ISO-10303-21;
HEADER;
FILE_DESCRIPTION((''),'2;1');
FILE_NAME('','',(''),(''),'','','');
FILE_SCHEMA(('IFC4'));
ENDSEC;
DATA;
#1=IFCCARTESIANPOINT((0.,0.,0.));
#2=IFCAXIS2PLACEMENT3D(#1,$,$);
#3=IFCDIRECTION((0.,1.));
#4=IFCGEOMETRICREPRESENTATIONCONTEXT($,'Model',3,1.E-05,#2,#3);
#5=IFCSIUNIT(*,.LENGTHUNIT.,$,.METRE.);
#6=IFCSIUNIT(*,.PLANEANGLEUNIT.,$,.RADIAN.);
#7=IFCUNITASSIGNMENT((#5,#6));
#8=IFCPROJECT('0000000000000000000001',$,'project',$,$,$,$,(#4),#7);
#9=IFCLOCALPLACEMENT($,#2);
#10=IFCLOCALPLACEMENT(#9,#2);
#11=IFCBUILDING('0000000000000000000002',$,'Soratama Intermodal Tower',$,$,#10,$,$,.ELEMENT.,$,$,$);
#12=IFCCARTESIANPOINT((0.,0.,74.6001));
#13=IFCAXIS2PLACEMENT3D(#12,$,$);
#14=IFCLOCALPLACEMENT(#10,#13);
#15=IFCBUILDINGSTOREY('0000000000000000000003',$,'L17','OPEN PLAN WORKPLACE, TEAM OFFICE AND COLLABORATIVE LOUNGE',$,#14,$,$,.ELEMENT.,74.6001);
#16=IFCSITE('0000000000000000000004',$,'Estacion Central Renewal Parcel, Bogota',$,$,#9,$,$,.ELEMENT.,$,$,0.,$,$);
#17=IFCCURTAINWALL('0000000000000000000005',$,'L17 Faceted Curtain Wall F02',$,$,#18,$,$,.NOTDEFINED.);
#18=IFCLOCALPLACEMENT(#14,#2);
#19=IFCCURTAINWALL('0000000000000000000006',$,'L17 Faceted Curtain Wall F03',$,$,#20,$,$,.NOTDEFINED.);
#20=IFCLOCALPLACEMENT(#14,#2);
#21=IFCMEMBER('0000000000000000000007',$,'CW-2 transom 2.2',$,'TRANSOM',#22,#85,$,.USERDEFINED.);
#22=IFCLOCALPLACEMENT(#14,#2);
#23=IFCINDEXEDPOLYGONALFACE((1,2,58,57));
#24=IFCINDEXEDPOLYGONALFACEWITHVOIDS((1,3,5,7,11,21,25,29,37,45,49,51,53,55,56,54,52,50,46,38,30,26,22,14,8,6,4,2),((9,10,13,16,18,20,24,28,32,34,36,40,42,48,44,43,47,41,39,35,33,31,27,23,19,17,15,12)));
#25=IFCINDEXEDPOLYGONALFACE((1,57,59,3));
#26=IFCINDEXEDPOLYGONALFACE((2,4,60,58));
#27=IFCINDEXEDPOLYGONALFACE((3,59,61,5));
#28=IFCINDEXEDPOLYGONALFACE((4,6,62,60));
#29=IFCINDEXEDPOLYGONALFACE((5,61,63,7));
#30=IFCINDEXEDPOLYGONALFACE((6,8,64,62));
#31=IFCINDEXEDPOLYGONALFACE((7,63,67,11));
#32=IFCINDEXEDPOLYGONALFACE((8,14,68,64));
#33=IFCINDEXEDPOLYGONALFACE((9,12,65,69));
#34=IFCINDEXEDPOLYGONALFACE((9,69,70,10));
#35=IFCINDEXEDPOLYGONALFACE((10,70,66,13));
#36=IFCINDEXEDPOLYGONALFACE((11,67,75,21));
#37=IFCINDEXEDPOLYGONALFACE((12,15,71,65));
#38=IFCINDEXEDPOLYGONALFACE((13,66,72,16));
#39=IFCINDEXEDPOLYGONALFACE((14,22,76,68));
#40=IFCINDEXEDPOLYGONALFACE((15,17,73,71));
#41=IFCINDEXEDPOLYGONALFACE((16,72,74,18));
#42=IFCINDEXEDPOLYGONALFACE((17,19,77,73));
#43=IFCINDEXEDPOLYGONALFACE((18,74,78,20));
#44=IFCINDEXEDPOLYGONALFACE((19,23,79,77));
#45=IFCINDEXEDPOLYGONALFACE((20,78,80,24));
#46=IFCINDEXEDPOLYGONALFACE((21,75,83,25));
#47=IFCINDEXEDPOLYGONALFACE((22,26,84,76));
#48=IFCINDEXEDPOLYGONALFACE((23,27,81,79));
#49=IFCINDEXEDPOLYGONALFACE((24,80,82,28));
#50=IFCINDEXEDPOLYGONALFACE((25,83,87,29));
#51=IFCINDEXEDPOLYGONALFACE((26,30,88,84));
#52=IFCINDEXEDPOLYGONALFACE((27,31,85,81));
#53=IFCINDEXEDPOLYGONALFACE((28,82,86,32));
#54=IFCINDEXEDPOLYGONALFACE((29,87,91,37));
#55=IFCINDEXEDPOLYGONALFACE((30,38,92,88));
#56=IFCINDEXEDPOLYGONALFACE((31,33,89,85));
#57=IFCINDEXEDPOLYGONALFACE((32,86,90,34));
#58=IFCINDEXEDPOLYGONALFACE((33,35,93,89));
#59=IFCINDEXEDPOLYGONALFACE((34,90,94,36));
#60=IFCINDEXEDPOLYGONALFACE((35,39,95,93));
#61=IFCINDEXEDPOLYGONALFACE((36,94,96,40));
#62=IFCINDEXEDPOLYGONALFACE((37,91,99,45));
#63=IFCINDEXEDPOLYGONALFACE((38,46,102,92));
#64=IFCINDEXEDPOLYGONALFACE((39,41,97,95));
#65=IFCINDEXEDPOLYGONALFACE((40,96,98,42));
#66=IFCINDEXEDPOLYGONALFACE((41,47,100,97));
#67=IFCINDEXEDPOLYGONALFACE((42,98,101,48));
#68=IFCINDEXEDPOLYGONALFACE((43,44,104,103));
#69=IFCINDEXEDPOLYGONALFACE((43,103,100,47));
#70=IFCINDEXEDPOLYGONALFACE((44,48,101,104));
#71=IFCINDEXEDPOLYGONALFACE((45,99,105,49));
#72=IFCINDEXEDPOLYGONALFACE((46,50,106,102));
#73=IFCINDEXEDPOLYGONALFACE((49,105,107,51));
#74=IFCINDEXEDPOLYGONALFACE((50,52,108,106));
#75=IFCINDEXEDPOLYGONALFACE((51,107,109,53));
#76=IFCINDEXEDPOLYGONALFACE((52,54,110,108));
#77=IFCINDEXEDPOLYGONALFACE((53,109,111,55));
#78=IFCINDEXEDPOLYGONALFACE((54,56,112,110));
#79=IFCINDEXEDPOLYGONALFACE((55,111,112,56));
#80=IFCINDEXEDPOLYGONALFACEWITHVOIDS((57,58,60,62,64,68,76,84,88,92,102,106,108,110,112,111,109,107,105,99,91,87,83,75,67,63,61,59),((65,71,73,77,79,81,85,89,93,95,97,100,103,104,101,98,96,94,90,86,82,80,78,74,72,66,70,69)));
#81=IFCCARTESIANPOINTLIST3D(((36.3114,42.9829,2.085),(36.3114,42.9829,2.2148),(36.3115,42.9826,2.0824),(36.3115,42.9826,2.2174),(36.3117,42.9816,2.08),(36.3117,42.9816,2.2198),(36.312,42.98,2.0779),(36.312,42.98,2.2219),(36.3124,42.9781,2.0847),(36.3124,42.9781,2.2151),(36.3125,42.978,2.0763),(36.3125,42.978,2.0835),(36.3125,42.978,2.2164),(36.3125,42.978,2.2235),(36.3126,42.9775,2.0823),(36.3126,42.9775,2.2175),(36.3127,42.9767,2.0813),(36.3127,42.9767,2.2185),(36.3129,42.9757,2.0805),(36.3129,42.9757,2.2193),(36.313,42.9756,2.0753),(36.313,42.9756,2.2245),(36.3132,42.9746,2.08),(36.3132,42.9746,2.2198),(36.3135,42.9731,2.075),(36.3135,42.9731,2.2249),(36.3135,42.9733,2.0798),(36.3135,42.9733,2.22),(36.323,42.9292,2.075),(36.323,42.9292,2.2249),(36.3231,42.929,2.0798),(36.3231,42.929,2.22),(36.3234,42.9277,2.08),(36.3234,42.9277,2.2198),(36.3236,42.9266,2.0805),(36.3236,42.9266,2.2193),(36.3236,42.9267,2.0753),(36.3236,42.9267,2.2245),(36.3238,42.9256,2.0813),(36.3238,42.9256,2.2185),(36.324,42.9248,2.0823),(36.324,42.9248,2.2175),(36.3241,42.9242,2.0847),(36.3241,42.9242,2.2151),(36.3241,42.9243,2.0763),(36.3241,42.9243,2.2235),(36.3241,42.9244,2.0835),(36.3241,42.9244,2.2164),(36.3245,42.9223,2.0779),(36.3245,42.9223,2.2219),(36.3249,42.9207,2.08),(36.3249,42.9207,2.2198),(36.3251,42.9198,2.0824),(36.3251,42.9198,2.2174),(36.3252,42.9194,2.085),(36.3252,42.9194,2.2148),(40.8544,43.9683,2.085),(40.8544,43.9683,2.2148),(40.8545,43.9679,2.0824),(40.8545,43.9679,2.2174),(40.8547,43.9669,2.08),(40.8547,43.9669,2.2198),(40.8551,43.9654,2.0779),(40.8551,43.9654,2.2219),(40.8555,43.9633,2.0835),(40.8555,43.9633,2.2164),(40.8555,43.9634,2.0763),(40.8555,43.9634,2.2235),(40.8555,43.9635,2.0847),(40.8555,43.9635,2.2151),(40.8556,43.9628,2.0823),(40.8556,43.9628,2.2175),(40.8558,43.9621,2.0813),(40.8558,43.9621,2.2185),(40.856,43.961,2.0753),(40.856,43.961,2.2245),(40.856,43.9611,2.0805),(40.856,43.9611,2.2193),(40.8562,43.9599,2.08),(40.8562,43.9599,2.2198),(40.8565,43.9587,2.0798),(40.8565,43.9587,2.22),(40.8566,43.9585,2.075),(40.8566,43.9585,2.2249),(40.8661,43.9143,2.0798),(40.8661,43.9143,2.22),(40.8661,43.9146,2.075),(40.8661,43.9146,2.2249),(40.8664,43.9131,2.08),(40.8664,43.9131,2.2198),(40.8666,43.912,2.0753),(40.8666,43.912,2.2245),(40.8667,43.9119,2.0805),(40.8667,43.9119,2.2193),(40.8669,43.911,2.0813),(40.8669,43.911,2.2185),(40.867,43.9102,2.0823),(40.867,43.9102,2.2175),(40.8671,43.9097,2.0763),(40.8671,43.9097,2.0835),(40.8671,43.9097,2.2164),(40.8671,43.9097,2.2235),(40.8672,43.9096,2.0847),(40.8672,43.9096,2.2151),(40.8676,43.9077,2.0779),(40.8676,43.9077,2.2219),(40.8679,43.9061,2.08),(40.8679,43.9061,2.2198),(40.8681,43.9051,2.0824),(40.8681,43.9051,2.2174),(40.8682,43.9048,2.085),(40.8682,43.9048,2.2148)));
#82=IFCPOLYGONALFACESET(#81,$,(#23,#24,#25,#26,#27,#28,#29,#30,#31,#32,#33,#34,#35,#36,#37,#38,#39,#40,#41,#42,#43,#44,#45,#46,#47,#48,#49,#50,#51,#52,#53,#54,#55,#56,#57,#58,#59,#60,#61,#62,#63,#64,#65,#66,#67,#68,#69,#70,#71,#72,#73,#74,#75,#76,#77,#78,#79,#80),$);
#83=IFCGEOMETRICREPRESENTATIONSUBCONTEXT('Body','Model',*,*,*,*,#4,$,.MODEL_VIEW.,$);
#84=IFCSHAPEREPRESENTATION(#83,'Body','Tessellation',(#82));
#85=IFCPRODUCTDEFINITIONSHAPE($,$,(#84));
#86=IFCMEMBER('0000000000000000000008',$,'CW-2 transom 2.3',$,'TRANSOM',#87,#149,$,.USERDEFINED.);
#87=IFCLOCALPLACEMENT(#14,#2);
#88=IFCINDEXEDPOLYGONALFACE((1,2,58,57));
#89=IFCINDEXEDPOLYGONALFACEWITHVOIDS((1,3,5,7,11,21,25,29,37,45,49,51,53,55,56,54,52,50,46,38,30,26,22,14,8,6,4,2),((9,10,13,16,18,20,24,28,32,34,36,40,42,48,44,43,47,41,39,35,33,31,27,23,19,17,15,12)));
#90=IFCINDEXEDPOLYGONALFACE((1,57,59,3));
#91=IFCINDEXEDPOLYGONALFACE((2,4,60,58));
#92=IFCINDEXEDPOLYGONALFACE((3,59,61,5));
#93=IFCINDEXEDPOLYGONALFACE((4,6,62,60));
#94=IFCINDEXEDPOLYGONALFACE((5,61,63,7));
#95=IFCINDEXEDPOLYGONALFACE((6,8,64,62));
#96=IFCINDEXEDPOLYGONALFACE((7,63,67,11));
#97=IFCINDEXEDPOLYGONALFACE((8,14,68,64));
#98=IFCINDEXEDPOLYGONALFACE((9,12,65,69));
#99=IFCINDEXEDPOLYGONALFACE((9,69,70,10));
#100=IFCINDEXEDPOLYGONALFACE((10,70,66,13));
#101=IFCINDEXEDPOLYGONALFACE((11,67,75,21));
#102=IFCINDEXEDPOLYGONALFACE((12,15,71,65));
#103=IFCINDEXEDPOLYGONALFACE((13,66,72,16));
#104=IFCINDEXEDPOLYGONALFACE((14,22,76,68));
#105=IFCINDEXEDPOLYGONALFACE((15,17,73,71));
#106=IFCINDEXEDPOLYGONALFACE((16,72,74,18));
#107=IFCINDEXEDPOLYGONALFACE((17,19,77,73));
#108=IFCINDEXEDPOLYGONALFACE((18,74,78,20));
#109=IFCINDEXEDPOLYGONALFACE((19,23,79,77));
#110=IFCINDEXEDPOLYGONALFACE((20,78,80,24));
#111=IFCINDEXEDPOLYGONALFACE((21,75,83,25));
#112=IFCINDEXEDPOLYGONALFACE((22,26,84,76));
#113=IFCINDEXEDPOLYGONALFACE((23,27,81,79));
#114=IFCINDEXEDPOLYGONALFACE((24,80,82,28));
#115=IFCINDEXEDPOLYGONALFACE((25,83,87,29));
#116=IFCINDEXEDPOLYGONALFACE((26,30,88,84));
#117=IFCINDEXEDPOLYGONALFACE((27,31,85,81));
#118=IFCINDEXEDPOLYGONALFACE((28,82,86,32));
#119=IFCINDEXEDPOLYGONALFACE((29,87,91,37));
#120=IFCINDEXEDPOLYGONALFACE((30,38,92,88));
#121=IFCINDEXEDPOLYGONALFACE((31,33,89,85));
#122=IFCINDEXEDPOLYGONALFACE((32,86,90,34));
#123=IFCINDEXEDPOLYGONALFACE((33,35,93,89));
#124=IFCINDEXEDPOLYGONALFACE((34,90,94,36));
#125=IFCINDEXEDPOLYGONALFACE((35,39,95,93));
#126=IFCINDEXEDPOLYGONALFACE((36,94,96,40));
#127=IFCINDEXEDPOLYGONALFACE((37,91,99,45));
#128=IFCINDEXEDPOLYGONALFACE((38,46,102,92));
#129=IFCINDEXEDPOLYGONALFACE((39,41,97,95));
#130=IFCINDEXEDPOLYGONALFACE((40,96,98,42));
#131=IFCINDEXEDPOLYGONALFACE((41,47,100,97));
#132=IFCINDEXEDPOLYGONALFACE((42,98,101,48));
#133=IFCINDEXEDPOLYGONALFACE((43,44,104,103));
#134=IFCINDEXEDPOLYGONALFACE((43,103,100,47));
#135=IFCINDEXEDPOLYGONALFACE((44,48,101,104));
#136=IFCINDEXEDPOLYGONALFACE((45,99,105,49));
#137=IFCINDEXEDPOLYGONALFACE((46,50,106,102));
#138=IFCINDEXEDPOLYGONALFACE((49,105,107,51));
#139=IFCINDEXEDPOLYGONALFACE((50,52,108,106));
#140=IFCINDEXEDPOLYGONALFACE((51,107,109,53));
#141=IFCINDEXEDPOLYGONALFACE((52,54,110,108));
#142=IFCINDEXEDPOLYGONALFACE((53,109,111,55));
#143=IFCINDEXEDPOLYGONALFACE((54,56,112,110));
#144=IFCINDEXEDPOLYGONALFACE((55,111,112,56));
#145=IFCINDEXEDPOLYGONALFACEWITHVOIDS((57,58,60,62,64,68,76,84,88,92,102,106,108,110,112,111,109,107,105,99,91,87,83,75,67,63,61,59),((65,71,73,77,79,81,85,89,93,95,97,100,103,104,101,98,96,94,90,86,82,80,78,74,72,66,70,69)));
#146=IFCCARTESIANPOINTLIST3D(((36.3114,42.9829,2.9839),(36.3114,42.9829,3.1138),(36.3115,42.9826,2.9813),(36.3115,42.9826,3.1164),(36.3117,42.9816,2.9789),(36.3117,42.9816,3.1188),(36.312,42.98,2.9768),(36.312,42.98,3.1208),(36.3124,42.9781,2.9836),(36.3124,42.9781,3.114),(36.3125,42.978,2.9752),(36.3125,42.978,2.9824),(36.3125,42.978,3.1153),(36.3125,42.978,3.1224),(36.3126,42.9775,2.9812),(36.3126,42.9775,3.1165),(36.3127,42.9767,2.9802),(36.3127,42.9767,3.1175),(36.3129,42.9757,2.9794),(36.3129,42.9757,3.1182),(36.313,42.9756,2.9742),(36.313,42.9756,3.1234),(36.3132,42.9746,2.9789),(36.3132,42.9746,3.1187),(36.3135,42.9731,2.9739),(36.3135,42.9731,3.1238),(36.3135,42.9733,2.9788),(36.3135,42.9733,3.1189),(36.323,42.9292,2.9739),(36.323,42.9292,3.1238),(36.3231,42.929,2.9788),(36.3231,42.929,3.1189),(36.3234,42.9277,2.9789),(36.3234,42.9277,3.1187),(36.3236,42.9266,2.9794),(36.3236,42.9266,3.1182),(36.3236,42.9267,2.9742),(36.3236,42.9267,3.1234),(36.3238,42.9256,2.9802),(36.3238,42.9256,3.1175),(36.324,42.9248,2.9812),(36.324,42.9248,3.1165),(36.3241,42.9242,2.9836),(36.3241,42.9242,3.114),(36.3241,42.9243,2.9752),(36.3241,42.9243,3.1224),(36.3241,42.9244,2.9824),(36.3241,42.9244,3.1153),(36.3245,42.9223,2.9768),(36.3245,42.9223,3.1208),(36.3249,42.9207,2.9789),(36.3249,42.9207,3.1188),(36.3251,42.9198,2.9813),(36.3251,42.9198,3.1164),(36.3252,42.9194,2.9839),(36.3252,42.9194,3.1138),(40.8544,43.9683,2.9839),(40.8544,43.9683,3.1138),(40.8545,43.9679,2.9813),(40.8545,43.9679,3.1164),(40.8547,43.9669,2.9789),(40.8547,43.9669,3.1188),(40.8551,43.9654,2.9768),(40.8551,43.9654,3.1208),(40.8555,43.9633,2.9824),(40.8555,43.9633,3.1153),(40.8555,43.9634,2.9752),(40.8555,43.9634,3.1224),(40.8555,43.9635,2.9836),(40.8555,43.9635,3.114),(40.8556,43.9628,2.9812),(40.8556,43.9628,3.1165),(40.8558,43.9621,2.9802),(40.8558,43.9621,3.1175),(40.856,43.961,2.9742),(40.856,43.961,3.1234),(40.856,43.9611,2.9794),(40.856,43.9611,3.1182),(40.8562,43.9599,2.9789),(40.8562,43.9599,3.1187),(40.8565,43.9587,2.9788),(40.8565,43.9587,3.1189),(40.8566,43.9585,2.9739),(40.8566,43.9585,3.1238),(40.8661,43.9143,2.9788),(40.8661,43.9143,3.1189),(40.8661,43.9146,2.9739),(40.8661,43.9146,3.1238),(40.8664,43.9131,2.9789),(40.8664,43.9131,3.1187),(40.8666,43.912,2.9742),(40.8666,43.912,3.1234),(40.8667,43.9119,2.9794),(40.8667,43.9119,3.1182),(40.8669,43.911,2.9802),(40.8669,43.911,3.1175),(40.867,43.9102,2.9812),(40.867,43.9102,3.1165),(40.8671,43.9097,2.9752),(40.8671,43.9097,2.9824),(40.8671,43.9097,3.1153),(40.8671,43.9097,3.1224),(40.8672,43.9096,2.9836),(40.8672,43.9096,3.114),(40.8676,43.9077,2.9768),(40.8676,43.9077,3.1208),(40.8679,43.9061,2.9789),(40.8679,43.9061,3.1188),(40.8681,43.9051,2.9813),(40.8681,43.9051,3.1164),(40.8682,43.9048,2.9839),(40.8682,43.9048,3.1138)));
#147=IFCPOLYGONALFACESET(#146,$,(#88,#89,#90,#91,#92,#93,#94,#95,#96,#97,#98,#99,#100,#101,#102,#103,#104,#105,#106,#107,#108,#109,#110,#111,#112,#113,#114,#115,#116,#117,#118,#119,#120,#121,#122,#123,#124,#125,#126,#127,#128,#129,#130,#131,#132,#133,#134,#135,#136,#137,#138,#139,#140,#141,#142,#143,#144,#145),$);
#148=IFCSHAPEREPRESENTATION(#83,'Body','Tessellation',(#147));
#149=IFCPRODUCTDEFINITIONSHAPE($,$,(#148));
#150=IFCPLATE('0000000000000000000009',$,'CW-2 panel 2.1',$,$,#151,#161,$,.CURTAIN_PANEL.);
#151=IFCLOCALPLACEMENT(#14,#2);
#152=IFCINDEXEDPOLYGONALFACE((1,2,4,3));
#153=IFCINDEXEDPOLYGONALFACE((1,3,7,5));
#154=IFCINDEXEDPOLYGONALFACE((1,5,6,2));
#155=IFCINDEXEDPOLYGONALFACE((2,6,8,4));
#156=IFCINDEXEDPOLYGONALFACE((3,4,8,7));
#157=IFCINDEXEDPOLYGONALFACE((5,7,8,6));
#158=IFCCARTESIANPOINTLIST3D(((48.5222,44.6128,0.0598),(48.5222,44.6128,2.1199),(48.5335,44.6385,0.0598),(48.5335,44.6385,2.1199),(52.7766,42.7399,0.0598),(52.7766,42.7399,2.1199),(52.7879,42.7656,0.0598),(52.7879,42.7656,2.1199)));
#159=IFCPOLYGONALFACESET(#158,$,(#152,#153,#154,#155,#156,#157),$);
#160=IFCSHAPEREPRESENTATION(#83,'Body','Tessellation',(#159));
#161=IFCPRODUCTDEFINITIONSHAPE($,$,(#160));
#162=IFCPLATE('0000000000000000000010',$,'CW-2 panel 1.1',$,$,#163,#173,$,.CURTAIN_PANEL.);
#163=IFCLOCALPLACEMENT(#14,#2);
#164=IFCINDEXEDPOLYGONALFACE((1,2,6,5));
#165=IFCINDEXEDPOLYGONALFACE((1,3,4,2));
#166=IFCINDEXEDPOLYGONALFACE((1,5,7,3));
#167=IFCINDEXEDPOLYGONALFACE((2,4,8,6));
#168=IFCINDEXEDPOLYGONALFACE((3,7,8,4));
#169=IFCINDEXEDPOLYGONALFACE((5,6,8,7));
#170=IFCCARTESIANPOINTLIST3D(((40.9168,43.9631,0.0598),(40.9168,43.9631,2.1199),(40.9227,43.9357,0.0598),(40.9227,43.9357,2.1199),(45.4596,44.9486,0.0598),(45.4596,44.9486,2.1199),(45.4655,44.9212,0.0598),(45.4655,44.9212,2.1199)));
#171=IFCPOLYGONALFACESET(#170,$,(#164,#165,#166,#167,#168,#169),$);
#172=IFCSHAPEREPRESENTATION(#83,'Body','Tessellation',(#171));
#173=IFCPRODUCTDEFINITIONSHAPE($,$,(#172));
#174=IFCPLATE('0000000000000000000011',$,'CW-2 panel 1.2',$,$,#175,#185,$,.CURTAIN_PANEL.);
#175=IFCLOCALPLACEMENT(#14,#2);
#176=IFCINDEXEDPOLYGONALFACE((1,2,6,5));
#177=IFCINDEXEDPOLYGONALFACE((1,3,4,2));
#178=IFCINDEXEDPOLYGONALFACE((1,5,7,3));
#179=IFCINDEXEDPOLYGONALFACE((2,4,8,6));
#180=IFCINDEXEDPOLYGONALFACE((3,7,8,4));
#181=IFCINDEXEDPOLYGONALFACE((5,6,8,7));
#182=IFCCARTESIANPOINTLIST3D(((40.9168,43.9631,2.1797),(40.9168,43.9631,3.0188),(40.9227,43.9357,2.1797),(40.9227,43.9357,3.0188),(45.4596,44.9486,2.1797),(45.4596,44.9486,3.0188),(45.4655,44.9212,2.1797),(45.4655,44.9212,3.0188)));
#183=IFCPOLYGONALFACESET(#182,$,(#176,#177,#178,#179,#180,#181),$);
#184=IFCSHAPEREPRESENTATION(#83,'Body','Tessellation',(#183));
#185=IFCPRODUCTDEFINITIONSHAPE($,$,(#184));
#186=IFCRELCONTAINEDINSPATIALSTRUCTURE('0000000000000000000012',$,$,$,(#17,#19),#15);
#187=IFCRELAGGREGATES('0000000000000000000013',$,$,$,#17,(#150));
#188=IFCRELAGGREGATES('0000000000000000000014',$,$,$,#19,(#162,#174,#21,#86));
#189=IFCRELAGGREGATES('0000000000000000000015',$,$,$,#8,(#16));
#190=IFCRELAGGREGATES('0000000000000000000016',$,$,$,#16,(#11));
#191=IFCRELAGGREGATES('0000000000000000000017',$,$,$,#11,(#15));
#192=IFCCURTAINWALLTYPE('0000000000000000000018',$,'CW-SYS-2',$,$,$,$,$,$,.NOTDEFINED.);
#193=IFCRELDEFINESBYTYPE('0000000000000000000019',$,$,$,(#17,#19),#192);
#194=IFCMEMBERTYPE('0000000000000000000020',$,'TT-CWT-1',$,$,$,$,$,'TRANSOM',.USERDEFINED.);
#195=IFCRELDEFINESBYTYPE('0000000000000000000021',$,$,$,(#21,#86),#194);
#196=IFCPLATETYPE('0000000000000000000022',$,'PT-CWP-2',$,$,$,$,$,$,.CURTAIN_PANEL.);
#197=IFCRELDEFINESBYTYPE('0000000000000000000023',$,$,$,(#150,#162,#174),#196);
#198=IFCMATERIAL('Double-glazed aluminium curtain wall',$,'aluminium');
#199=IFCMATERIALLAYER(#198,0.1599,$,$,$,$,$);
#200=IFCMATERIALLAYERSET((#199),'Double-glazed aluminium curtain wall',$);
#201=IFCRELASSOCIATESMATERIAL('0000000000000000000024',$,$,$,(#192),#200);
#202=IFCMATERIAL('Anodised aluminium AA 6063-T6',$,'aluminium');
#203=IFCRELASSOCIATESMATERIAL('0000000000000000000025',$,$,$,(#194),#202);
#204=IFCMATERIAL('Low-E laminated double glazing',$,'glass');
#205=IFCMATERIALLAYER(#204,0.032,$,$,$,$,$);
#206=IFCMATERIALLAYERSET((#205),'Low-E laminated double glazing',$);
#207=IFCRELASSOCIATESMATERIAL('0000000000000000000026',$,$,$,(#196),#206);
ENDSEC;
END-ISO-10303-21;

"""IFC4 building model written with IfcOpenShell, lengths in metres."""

from ifc_helpers import new_model, si_unit, direction, frame, origin, origin_2d, place, context, subcontext, project, spatial, rectangle, hollow_rectangle, extrude, material, layer, layer_set, material_profile, profile_set, type_object, element, aggregate, save


model = new_model("IFC4")

# Units and contexts
model_context = context("Model", 3, precision=1e-05, world=origin(), true_north=direction((0.0, 1.0)))
body_context = subcontext(model_context, "Body", "Model", "MODEL_VIEW")
ifc_project = project(units=[si_unit("LENGTHUNIT", "METRE"), si_unit("PLANEANGLEUNIT", "RADIAN")], contexts=[model_context])

# Site, building, storey
site_placement = place(None, origin())
site = spatial("IfcSite", under=ifc_project, at=site_placement, Name="Estacion Central Renewal Parcel, Bogota", CompositionType="ELEMENT", RefElevation=0.0)
building_placement = place(site_placement, origin())
building = spatial("IfcBuilding", under=site, at=building_placement, Name="Soratama Intermodal Tower", CompositionType="ELEMENT")
storey_placement = place(building_placement, frame((0.0, 0.0, 74.6001)))
storey = spatial("IfcBuildingStorey", under=building, at=storey_placement, Name="L17", Description="OPEN PLAN WORKPLACE, TEAM OFFICE AND COLLABORATIVE LOUNGE", CompositionType="ELEMENT", Elevation=74.6001)

# Curtain wall
ifc_material_1 = material(Name="Double-glazed aluminium curtain wall", Category="aluminium")
ifc_layer_1 = layer(ifc_material_1, 0.1599)
ifc_layer_set_1 = layer_set([ifc_layer_1], Name="Double-glazed aluminium curtain wall")
curtain_wall_type = type_object("IfcCurtainWallType", Name="CW-SYS-2", PredefinedType="NOTDEFINED", material=ifc_layer_set_1)
curtain_wall_1_placement = place(storey_placement, origin())
curtain_wall_1 = element("IfcCurtainWall", 1, at=curtain_wall_1_placement, inside=storey, type_object=curtain_wall_type, Name="L17 Faceted Curtain Wall F02", PredefinedType="NOTDEFINED")

# Curtain wall, members
curtain_wall_2_placement = place(storey_placement, origin())
curtain_wall_2 = element("IfcCurtainWall", 2, at=curtain_wall_2_placement, inside=storey, type_object=curtain_wall_type, Name="L17 Faceted Curtain Wall F03", PredefinedType="NOTDEFINED")
ifc_material_2 = material(Name="Anodised aluminium AA 6063-T6", Category="aluminium")
ifc_material_profile_1 = material_profile(ifc_material_2, hollow_rectangle(XDim=0.0649, YDim=0.1499, WallThickness=0.0049, InnerFilletRadius=0.0049, OuterFilletRadius=0.01, at=origin_2d()), Name="CWT150X65X5")
ifc_profile_set_1 = profile_set([ifc_material_profile_1], Name="Anodised aluminium AA 6063-T6")
member_type_1 = type_object("IfcMemberType", Name="TT-CWT-1", ElementType="TRANSOM", PredefinedType="USERDEFINED", material=ifc_profile_set_1)
member_1_placement = place(storey_placement, frame((40.8613, 43.9365, 2.1499), z_axis=(-0.977277, -0.211967, 0.0), x_axis=(0.211967, -0.977277, 0.0)))
member_1 = element("IfcMember", 3, at=member_1_placement, type_object=member_type_1, Name="CW-2 transom 2.2", ObjectType="TRANSOM", PredefinedType="USERDEFINED", context=body_context, shape_type="SweptSolid", body=[
    extrude(hollow_rectangle(XDim=0.0649, YDim=0.1499, WallThickness=0.0049, InnerFilletRadius=0.0049, OuterFilletRadius=0.01, at=origin_2d()), origin(), (0.0, 0.0, 1.0), 4.6487),
])
member_2_placement = place(storey_placement, frame((40.8613, 43.9365, 3.0488), z_axis=(-0.977277, -0.211967, 0.0), x_axis=(0.211967, -0.977277, 0.0)))
member_2 = element("IfcMember", 4, at=member_2_placement, type_object=member_type_1, Name="CW-2 transom 2.3", ObjectType="TRANSOM", PredefinedType="USERDEFINED", context=body_context, shape_type="SweptSolid", body=[
    extrude(hollow_rectangle(XDim=0.0649, YDim=0.1499, WallThickness=0.0049, InnerFilletRadius=0.0049, OuterFilletRadius=0.01, at=origin_2d()), origin(), (0.0, 0.0, 1.0), 4.6487),
])

# Plates
ifc_material_3 = material(Name="Low-E laminated double glazing", Category="glass")
ifc_layer_2 = layer(ifc_material_3, 0.032)
ifc_layer_set_2 = layer_set([ifc_layer_2], Name="Low-E laminated double glazing")
plate_type = type_object("IfcPlateType", Name="PT-CWP-2", PredefinedType="CURTAIN_PANEL", material=ifc_layer_set_2)
plate_1_placement = place(storey_placement, frame((50.655, 43.6892, 0.0598), z_axis=(0.0, 0.0, 1.0), x_axis=(-0.915242, 0.402904, 0.0)))
plate_1 = element("IfcPlate", 5, at=plate_1_placement, type_object=plate_type, Name="CW-2 panel 2.1", PredefinedType="CURTAIN_PANEL", context=body_context, shape_type="SweptSolid", body=[
    extrude(rectangle(XDim=4.6484, YDim=0.0281, at=origin_2d()), origin(), (0.0, 0.0, 1.0), 2.0601),
])
aggregate(curtain_wall_1, [plate_1])
plate_2_placement = place(storey_placement, frame((43.1912, 44.4421, 0.0598), z_axis=(0.0, 0.0, 1.0), x_axis=(-0.97727, -0.211999, 0.0)))
plate_2 = element("IfcPlate", 6, at=plate_2_placement, type_object=plate_type, Name="CW-2 panel 1.1", PredefinedType="CURTAIN_PANEL", context=body_context, shape_type="SweptSolid", body=[
    extrude(rectangle(XDim=4.6484, YDim=0.0281, at=origin_2d()), origin(), (0.0, 0.0, 1.0), 2.0601),
])
plate_3_placement = place(storey_placement, frame((43.1912, 44.4421, 2.1797), z_axis=(0.0, 0.0, 1.0), x_axis=(-0.97727, -0.211999, 0.0)))
plate_3 = element("IfcPlate", 7, at=plate_3_placement, type_object=plate_type, Name="CW-2 panel 1.2", PredefinedType="CURTAIN_PANEL", context=body_context, shape_type="SweptSolid", body=[
    extrude(rectangle(XDim=4.6484, YDim=0.0281, at=origin_2d()), origin(), (0.0, 0.0, 1.0), 0.8391),
])
aggregate(curtain_wall_2, [plate_2, plate_3, member_1, member_2])

save(model, "model.ifc")
